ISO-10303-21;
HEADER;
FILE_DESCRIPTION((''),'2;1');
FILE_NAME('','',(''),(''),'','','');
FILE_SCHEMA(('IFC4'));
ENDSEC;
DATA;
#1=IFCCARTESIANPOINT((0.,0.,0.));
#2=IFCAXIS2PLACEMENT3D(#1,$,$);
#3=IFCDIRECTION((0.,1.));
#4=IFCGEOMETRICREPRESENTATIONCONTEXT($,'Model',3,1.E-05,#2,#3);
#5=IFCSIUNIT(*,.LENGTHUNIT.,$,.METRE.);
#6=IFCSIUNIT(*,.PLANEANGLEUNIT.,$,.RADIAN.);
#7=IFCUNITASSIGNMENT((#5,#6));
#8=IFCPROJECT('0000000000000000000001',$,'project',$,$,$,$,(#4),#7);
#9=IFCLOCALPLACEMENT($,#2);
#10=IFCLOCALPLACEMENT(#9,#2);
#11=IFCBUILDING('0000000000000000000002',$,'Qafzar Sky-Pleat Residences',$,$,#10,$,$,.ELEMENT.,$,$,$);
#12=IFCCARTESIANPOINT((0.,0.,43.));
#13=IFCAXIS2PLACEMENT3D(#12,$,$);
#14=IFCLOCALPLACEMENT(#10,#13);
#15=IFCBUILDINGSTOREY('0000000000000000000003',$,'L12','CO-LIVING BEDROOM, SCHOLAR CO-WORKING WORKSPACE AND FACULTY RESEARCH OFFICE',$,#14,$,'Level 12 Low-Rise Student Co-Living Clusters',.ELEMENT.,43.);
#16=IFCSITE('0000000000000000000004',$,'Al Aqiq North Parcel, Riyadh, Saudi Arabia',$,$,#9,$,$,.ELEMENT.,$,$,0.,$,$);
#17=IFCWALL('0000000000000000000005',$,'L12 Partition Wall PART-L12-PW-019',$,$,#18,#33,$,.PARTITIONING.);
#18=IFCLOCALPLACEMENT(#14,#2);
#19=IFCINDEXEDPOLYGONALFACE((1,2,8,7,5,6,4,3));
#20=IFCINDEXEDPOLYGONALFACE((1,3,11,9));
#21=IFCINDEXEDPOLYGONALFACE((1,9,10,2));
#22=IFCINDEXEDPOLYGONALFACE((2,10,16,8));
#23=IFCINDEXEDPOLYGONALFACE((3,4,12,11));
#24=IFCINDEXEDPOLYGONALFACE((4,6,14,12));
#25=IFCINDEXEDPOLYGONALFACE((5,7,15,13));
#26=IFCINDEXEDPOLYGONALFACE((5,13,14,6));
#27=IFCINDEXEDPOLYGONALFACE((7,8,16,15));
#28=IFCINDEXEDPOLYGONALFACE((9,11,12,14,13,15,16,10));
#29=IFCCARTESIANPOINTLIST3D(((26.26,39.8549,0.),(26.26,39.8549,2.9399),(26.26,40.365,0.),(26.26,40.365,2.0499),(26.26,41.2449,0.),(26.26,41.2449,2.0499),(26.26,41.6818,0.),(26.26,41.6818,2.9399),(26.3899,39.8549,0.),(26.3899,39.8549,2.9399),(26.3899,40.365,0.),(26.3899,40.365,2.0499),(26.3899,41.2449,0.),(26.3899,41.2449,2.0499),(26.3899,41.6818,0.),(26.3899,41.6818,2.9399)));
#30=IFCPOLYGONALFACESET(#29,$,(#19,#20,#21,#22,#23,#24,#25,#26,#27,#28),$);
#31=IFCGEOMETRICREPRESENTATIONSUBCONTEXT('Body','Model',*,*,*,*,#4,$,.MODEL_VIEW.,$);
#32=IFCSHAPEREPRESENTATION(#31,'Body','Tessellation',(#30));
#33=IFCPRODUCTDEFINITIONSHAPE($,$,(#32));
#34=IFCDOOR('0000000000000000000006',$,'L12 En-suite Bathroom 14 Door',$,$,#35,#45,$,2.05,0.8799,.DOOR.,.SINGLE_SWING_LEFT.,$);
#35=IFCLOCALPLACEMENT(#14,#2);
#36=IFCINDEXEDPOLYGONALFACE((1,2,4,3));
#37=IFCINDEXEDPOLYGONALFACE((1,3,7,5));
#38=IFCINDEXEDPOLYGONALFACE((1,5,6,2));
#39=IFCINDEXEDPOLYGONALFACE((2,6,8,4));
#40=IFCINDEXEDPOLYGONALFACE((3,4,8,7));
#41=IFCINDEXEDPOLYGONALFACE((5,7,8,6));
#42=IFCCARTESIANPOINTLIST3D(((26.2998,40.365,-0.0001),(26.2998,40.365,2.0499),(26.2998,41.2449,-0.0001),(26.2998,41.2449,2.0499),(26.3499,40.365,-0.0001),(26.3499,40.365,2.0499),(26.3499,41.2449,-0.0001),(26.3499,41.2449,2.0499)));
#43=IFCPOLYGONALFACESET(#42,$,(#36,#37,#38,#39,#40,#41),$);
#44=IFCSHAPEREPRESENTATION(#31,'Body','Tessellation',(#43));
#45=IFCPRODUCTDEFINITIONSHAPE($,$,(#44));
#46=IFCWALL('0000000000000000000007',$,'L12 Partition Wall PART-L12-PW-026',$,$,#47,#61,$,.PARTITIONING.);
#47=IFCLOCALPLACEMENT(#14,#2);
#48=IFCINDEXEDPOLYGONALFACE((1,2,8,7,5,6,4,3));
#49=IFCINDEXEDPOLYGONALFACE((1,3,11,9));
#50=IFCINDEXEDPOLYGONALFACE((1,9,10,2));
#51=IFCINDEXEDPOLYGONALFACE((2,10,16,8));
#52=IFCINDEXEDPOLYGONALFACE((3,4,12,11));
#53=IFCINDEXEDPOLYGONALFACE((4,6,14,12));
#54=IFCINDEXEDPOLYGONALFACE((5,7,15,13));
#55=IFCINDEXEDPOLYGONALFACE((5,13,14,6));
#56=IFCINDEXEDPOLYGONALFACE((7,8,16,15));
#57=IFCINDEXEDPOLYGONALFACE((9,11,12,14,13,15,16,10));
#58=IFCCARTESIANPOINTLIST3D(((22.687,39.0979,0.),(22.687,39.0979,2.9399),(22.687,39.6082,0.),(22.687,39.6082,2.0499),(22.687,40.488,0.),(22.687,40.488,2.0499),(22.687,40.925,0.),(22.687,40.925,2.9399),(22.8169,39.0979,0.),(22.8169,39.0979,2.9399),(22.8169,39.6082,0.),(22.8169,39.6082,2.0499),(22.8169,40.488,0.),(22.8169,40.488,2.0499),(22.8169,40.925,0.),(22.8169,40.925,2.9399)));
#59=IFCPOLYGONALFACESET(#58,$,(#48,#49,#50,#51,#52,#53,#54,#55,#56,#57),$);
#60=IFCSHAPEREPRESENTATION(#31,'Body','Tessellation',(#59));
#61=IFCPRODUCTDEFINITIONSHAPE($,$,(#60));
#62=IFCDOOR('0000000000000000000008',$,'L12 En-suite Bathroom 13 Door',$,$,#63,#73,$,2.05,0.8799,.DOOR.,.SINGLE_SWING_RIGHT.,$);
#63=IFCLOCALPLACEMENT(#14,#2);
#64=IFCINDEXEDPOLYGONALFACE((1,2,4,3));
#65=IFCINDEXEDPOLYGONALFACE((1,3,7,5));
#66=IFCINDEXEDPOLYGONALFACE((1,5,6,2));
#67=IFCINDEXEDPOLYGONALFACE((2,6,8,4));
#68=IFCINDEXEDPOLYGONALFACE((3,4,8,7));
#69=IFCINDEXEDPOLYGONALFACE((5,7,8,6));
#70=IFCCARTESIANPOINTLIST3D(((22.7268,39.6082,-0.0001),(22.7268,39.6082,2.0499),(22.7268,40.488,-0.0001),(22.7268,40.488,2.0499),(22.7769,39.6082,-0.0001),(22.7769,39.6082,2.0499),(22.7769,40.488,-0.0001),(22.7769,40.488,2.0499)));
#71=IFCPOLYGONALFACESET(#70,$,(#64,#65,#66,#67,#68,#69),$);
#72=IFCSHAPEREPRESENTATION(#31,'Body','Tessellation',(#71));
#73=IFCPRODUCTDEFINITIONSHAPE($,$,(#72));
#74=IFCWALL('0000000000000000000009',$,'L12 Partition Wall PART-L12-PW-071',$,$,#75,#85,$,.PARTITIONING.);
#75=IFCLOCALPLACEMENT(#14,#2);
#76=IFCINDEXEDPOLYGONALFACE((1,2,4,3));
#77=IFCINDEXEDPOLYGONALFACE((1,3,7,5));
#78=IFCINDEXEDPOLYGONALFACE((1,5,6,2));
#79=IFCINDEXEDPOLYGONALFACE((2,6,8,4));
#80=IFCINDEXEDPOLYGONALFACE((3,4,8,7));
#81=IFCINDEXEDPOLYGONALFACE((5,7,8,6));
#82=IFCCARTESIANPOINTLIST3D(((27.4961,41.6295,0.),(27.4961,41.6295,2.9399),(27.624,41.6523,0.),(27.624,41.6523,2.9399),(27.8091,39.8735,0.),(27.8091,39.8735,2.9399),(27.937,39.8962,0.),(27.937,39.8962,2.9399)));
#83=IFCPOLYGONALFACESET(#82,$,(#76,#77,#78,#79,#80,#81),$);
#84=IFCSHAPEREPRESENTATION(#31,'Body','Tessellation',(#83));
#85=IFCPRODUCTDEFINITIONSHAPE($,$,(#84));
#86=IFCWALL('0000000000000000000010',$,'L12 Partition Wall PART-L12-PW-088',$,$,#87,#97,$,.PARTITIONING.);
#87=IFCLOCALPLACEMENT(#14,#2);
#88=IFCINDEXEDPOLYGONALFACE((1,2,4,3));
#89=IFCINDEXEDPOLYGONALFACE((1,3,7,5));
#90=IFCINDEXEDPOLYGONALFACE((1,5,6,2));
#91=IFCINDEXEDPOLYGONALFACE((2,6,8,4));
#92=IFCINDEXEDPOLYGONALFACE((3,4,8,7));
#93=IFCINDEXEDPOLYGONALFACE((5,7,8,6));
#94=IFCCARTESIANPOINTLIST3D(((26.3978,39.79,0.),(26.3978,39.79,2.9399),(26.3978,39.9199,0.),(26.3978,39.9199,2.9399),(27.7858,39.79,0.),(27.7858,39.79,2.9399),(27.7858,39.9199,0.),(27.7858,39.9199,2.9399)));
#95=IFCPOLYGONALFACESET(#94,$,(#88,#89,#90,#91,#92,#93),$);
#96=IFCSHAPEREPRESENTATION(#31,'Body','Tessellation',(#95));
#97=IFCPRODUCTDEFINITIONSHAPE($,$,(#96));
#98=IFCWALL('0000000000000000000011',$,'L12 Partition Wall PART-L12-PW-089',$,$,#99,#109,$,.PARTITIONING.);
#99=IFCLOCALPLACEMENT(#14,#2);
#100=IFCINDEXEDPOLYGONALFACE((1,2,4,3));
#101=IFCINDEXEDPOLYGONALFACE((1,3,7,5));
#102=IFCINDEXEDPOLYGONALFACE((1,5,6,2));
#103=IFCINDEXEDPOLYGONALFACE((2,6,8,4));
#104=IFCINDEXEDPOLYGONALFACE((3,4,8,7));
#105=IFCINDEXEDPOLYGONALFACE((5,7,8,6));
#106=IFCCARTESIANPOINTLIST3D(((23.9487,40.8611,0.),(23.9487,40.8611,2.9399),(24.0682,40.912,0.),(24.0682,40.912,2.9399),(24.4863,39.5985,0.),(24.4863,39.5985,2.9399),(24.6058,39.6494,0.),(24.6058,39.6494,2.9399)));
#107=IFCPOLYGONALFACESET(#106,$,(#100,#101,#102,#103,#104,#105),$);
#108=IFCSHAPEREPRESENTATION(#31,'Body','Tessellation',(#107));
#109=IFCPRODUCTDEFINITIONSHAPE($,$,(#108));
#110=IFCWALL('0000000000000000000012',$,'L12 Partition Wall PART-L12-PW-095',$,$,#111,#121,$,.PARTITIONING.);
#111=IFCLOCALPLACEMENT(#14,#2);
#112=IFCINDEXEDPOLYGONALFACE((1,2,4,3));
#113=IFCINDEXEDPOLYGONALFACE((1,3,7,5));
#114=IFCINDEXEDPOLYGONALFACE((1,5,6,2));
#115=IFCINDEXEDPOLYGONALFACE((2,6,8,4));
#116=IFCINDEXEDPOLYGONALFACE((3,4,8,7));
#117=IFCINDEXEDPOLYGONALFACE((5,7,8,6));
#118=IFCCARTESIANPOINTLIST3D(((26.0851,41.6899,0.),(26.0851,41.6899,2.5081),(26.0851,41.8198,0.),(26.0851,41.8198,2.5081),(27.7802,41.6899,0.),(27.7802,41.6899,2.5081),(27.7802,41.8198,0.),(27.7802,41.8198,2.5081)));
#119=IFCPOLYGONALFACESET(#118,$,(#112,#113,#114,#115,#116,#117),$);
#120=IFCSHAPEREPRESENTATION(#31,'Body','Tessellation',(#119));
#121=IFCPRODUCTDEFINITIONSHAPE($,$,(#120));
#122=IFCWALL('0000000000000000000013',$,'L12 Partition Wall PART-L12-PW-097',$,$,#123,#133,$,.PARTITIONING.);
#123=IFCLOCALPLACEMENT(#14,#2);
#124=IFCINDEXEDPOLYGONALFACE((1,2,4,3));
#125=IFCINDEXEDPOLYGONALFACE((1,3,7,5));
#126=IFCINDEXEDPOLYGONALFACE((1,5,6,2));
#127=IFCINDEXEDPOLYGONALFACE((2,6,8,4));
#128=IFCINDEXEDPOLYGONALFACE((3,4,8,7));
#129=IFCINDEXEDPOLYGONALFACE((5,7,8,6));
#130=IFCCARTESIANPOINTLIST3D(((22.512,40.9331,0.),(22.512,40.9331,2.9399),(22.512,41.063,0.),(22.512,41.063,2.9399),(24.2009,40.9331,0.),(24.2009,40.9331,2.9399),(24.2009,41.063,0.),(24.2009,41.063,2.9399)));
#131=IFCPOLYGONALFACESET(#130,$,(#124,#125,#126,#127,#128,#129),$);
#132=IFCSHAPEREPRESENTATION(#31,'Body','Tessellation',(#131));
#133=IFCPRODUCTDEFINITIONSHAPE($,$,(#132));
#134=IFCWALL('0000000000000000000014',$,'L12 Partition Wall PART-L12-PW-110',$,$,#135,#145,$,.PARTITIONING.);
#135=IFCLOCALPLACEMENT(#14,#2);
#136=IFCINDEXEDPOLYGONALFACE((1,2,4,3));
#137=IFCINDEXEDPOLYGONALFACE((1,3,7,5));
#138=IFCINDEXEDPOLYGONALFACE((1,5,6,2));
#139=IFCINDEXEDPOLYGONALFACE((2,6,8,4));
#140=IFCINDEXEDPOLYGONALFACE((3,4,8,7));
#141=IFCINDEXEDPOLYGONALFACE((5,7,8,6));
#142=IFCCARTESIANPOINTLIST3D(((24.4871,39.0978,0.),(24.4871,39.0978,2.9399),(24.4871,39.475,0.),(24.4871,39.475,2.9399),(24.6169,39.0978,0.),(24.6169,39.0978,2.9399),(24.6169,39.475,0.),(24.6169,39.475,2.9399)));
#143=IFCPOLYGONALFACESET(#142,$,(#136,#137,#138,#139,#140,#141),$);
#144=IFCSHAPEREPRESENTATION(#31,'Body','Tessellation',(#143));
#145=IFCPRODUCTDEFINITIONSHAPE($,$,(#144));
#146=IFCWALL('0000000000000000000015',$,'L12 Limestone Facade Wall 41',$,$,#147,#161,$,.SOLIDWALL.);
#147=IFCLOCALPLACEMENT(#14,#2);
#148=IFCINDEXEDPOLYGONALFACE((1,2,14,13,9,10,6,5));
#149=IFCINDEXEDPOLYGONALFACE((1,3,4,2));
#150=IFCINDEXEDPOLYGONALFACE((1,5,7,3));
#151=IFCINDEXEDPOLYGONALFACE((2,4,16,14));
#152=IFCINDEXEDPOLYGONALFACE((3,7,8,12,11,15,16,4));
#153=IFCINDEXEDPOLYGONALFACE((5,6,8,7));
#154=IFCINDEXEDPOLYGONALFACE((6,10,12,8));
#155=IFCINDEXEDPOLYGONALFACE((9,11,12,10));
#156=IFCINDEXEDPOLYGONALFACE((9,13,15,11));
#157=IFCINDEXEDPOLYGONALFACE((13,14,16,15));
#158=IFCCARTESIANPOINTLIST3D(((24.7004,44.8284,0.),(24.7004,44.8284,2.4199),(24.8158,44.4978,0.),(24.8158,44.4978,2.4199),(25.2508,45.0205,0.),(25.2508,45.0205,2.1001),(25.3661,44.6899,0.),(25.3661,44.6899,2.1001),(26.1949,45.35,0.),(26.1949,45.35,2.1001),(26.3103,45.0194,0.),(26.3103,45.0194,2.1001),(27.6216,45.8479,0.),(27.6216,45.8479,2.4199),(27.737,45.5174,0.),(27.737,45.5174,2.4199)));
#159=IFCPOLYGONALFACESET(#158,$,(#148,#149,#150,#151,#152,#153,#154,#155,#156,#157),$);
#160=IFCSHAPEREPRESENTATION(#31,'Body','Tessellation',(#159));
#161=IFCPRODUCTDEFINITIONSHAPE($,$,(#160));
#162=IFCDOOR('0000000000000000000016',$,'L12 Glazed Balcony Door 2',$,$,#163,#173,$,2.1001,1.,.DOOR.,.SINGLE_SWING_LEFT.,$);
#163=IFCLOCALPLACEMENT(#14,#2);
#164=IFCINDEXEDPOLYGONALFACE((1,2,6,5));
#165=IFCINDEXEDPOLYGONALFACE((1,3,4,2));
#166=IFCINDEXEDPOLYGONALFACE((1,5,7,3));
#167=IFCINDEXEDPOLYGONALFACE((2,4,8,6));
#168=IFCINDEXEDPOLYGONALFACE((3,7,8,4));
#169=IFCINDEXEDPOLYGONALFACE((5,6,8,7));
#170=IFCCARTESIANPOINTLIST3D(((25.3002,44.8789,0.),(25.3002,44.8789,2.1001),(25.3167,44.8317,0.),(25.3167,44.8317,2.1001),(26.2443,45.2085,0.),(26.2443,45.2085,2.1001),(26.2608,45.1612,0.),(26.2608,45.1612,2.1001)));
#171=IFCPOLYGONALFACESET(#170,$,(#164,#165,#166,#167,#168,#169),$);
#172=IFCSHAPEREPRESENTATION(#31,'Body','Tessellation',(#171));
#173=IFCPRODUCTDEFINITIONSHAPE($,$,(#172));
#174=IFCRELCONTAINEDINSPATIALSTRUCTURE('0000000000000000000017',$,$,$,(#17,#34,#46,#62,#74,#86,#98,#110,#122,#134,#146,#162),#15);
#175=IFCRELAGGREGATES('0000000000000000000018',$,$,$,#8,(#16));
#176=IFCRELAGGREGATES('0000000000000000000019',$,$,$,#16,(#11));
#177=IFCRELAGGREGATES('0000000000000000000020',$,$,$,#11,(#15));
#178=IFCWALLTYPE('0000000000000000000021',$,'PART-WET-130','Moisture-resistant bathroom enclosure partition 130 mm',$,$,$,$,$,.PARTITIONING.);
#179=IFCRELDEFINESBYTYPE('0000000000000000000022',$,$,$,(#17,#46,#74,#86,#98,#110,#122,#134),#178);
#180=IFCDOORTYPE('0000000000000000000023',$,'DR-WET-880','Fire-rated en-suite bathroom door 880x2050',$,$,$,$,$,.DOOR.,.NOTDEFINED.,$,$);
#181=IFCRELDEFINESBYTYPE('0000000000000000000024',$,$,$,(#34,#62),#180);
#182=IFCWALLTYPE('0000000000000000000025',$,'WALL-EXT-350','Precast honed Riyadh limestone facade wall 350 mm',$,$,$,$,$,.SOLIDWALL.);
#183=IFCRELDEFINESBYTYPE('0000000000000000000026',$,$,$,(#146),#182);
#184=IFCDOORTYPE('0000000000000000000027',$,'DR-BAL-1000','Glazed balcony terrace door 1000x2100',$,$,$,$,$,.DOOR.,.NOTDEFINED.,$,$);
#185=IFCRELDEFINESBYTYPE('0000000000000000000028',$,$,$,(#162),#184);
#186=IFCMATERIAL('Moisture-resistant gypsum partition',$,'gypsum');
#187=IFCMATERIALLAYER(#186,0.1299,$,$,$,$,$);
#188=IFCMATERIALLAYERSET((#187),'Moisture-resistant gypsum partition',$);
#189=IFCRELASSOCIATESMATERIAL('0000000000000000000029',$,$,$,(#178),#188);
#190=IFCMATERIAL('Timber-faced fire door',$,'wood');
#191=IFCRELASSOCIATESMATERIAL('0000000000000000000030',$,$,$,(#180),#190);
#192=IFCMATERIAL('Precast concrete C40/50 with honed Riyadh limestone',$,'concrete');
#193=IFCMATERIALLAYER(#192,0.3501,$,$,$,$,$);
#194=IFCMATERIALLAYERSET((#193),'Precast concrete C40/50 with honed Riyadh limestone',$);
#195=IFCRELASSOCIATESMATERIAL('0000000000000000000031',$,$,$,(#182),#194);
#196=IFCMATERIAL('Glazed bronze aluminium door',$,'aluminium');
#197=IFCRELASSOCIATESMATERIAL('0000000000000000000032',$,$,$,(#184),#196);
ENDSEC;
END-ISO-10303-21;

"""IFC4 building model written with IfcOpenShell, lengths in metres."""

from ifc_helpers import new_model, si_unit, direction, frame, frame_2d, origin, place, context, subcontext, project, spatial, rectangle, extrude, source, transform, mapped, material, layer, layer_set, type_object, element, fill, save


model = new_model("IFC4")

# Units and contexts
model_context = context("Model", 3, precision=1e-05, world=origin(), true_north=direction((0.0, 1.0)))
body_context = subcontext(model_context, "Body", "Model", "MODEL_VIEW")
ifc_project = project(units=[si_unit("LENGTHUNIT", "METRE"), si_unit("PLANEANGLEUNIT", "RADIAN")], contexts=[model_context])

# Site, building, storey
site_placement = place(None, origin())
site = spatial("IfcSite", under=ifc_project, at=site_placement, Name="Al Aqiq North Parcel, Riyadh, Saudi Arabia", CompositionType="ELEMENT", RefElevation=0.0)
building_placement = place(site_placement, origin())
building = spatial("IfcBuilding", under=site, at=building_placement, Name="Qafzar Sky-Pleat Residences", CompositionType="ELEMENT")
storey_placement = place(building_placement, frame((0.0, 0.0, 43.0)))
storey = spatial("IfcBuildingStorey", under=building, at=storey_placement, Name="L12", Description="CO-LIVING BEDROOM, SCHOLAR CO-WORKING WORKSPACE AND FACULTY RESEARCH OFFICE", LongName="Level 12 Low-Rise Student Co-Living Clusters", CompositionType="ELEMENT", Elevation=43.0)

# Walls, openings, doors
ifc_material_1 = material(Name="Moisture-resistant gypsum partition", Category="gypsum")
ifc_layer_1 = layer(ifc_material_1, 0.1299)
ifc_layer_set_1 = layer_set([ifc_layer_1], Name="Moisture-resistant gypsum partition")
wall_type_1 = type_object("IfcWallType", Name="PART-WET-130", Description="Moisture-resistant bathroom enclosure partition 130 mm", PredefinedType="PARTITIONING", material=ifc_layer_set_1)
wall_1_placement = place(storey_placement, frame((26.325, 41.6819, 0.0), z_axis=(0.0, 0.0, 1.0), x_axis=(0.0, -1.0, 0.0)))
wall_1 = element("IfcWall", 1, at=wall_1_placement, inside=storey, type_object=wall_type_1, Name="L12 Partition Wall PART-L12-PW-019", PredefinedType="PARTITIONING", context=body_context, shape_type="SweptSolid", body=[
    extrude(rectangle(XDim=1.8269, YDim=0.1299, at=frame_2d((0.9136, 0.0))), origin(), (0.0, 0.0, 1.0), 2.9399),
])
opening_1_placement = place(wall_1_placement, frame((0.437, 0.0, 0.0)))
opening_1 = element("IfcOpeningElement", 2, at=opening_1_placement, cuts=wall_1, PredefinedType="OPENING", context=body_context, shape_type="SweptSolid", body=[
    extrude(rectangle(XDim=0.8799, YDim=2.05, at=frame_2d((0.4399, 1.0249))), frame((0.0, 0.075, 0.0), z_axis=(0.0, -1.0, 0.0), x_axis=(1.0, 0.0, 0.0)), (0.0, 0.0, 1.0), 0.1499),
])
ifc_material_2 = material(Name="Timber-faced fire door", Category="wood")
door_type_1 = type_object("IfcDoorType", Name="DR-WET-880", Description="Fire-rated en-suite bathroom door 880x2050", OperationType="NOTDEFINED", PredefinedType="DOOR", material=ifc_material_2)
shared_shape_1 = source(origin(), body_context, "Body", "SweptSolid", [
    extrude(rectangle(XDim=0.8799, YDim=2.05, at=frame_2d((0.4399, 1.0249))), frame((0.0, 0.0249, 0.0), z_axis=(0.0, -1.0, 0.0), x_axis=(1.0, 0.0, 0.0)), (0.0, 0.0, 1.0), 0.05),
])
door_1_placement = place(opening_1_placement, origin())
door_1 = element("IfcDoor", 3, at=door_1_placement, inside=storey, type_object=door_type_1, Name="L12 En-suite Bathroom 14 Door", OperationType="SINGLE_SWING_LEFT", OverallHeight=2.05, OverallWidth=0.8799, PredefinedType="DOOR", context=body_context, shape_type="MappedRepresentation", body=[
    mapped(shared_shape_1, transform((0.0, 0.0, 0.0), x_axis=(1.0, 0.0, 0.0), y_axis=(0.0, 1.0, 0.0), z_axis=(0.0, 0.0, 1.0), scale=1.0)),
])
fill(opening_1, door_1)
wall_2_placement = place(storey_placement, frame((22.752, 40.925, 0.0), z_axis=(0.0, 0.0, 1.0), x_axis=(0.0, -1.0, 0.0)))
wall_2 = element("IfcWall", 4, at=wall_2_placement, inside=storey, type_object=wall_type_1, Name="L12 Partition Wall PART-L12-PW-026", PredefinedType="PARTITIONING", context=body_context, shape_type="SweptSolid", body=[
    extrude(rectangle(XDim=1.8271, YDim=0.1299, at=frame_2d((0.9136, 0.0))), origin(), (0.0, 0.0, 1.0), 2.9399),
])
opening_2_placement = place(wall_2_placement, frame((0.437, 0.0, 0.0)))
opening_2 = element("IfcOpeningElement", 5, at=opening_2_placement, cuts=wall_2, PredefinedType="OPENING", context=body_context, shape_type="SweptSolid", body=[
    extrude(rectangle(XDim=0.8799, YDim=2.05, at=frame_2d((0.4399, 1.0249))), frame((0.0, 0.075, 0.0), z_axis=(0.0, -1.0, 0.0), x_axis=(1.0, 0.0, 0.0)), (0.0, 0.0, 1.0), 0.1499),
])
door_2_placement = place(opening_2_placement, origin())
door_2 = element("IfcDoor", 6, at=door_2_placement, inside=storey, type_object=door_type_1, Name="L12 En-suite Bathroom 13 Door", OperationType="SINGLE_SWING_RIGHT", OverallHeight=2.05, OverallWidth=0.8799, PredefinedType="DOOR", context=body_context, shape_type="MappedRepresentation", body=[
    mapped(shared_shape_1, transform((0.0, 0.0, 0.0), x_axis=(1.0, 0.0, 0.0), y_axis=(0.0, 1.0, 0.0), z_axis=(0.0, 0.0, 1.0), scale=1.0)),
])
fill(opening_2, door_2)

# Walls
wall_3_placement = place(storey_placement, frame((27.5601, 41.6409, 0.0), z_axis=(0.0, 0.0, 1.0), x_axis=(0.175464, -0.984486, 0.0)))
element("IfcWall", 7, at=wall_3_placement, inside=storey, type_object=wall_type_1, Name="L12 Partition Wall PART-L12-PW-071", PredefinedType="PARTITIONING", context=body_context, shape_type="SweptSolid", body=[
    extrude(rectangle(XDim=1.7837, YDim=0.1299, at=frame_2d((0.8918, 0.0))), origin(), (0.0, 0.0, 1.0), 2.9399),
])
wall_4_placement = place(storey_placement, frame((26.3979, 39.855, 0.0), z_axis=(0.0, 0.0, 1.0), x_axis=(1.0, 0.0, 0.0)))
element("IfcWall", 8, at=wall_4_placement, inside=storey, type_object=wall_type_1, Name="L12 Partition Wall PART-L12-PW-088", PredefinedType="PARTITIONING", context=body_context, shape_type="SweptSolid", body=[
    extrude(rectangle(XDim=1.3879, YDim=0.1299, at=frame_2d((0.6938, 0.0))), origin(), (0.0, 0.0, 1.0), 2.9399),
])
wall_5_placement = place(storey_placement, frame((24.0085, 40.8865, 0.0), z_axis=(0.0, 0.0, 1.0), x_axis=(0.391728, -0.920081, 0.0)))
element("IfcWall", 9, at=wall_5_placement, inside=storey, type_object=wall_type_1, Name="L12 Partition Wall PART-L12-PW-089", PredefinedType="PARTITIONING", context=body_context, shape_type="SweptSolid", body=[
    extrude(rectangle(XDim=1.3723, YDim=0.1299, at=frame_2d((0.686, 0.0))), origin(), (0.0, 0.0, 1.0), 2.9399),
])
wall_6_placement = place(storey_placement, frame((26.085, 41.7549, 0.0), z_axis=(0.0, 0.0, 1.0), x_axis=(1.0, 0.0, 0.0)))
element("IfcWall", 10, at=wall_6_placement, inside=storey, type_object=wall_type_1, Name="L12 Partition Wall PART-L12-PW-095", PredefinedType="PARTITIONING", context=body_context, shape_type="SweptSolid", body=[
    extrude(rectangle(XDim=1.6951, YDim=0.1299, at=frame_2d((0.8477, 0.0))), origin(), (0.0, 0.0, 1.0), 2.5081),
])
wall_7_placement = place(storey_placement, frame((22.512, 40.998, 0.0), z_axis=(0.0, 0.0, 1.0), x_axis=(1.0, 0.0, 0.0)))
element("IfcWall", 11, at=wall_7_placement, inside=storey, type_object=wall_type_1, Name="L12 Partition Wall PART-L12-PW-097", PredefinedType="PARTITIONING", context=body_context, shape_type="SweptSolid", body=[
    extrude(rectangle(XDim=1.689, YDim=0.1299, at=frame_2d((0.8445, 0.0))), origin(), (0.0, 0.0, 1.0), 2.9399),
])
wall_8_placement = place(storey_placement, frame((24.552, 39.0979, 0.0), z_axis=(0.0, 0.0, 1.0), x_axis=(0.0, 1.0, 0.0)))
element("IfcWall", 12, at=wall_8_placement, inside=storey, type_object=wall_type_1, Name="L12 Partition Wall PART-L12-PW-110", PredefinedType="PARTITIONING", context=body_context, shape_type="SweptSolid", body=[
    extrude(rectangle(XDim=0.3772, YDim=0.1299, at=frame_2d((0.1885, 0.0))), origin(), (0.0, 0.0, 1.0), 2.9399),
])

# Wall, opening, door
ifc_material_3 = material(Name="Precast concrete C40/50 with honed Riyadh limestone", Category="concrete")
ifc_layer_2 = layer(ifc_material_3, 0.3501)
ifc_layer_set_2 = layer_set([ifc_layer_2], Name="Precast concrete C40/50 with honed Riyadh limestone")
wall_type_2 = type_object("IfcWallType", Name="WALL-EXT-350", Description="Precast honed Riyadh limestone facade wall 350 mm", PredefinedType="SOLIDWALL", material=ifc_layer_set_2)
wall_9_placement = place(storey_placement, frame((27.6792, 45.6826, 0.0), z_axis=(0.0, 0.0, 1.0), x_axis=(-0.944147, -0.329524, 0.0)))
wall_9 = element("IfcWall", 13, at=wall_9_placement, inside=storey, type_object=wall_type_2, Name="L12 Limestone Facade Wall 41", PredefinedType="SOLIDWALL", context=body_context, shape_type="SweptSolid", body=[
    extrude(rectangle(XDim=3.094, YDim=0.3501, at=frame_2d((1.5469, 0.0))), origin(), (0.0, 0.0, 1.0), 2.4199),
])
opening_3_placement = place(wall_9_placement, frame((1.511, 0.0, 0.0)))
opening_3 = element("IfcOpeningElement", 14, at=opening_3_placement, cuts=wall_9, PredefinedType="OPENING", context=body_context, shape_type="SweptSolid", body=[
    extrude(rectangle(XDim=1.0, YDim=2.1001, at=frame_2d((0.5, 1.05))), frame((0.0, 0.1851, 0.0), z_axis=(0.0, -1.0, 0.0), x_axis=(1.0, 0.0, 0.0)), (0.0, 0.0, 1.0), 0.3701),
])
ifc_material_4 = material(Name="Glazed bronze aluminium door", Category="aluminium")
door_type_2 = type_object("IfcDoorType", Name="DR-BAL-1000", Description="Glazed balcony terrace door 1000x2100", OperationType="NOTDEFINED", PredefinedType="DOOR", material=ifc_material_4)
shared_shape_2 = source(origin(), body_context, "Body", "SweptSolid", [
    extrude(rectangle(XDim=1.0, YDim=2.1001, at=frame_2d((0.5, 1.05))), frame((0.0, 0.0249, 0.0), z_axis=(0.0, -1.0, 0.0), x_axis=(1.0, 0.0, 0.0)), (0.0, 0.0, 1.0), 0.05),
])
door_3_placement = place(opening_3_placement, origin())
door_3 = element("IfcDoor", 15, at=door_3_placement, inside=storey, type_object=door_type_2, Name="L12 Glazed Balcony Door 2", OperationType="SINGLE_SWING_LEFT", OverallHeight=2.1001, OverallWidth=1.0, PredefinedType="DOOR", context=body_context, shape_type="MappedRepresentation", body=[
    mapped(shared_shape_2, transform((0.0, 0.0, 0.0), x_axis=(1.0, 0.0, 0.0), y_axis=(0.0, 1.0, 0.0), z_axis=(0.0, 0.0, 1.0), scale=1.0)),
])
fill(opening_3, door_3)

save(model, "model.ifc")
